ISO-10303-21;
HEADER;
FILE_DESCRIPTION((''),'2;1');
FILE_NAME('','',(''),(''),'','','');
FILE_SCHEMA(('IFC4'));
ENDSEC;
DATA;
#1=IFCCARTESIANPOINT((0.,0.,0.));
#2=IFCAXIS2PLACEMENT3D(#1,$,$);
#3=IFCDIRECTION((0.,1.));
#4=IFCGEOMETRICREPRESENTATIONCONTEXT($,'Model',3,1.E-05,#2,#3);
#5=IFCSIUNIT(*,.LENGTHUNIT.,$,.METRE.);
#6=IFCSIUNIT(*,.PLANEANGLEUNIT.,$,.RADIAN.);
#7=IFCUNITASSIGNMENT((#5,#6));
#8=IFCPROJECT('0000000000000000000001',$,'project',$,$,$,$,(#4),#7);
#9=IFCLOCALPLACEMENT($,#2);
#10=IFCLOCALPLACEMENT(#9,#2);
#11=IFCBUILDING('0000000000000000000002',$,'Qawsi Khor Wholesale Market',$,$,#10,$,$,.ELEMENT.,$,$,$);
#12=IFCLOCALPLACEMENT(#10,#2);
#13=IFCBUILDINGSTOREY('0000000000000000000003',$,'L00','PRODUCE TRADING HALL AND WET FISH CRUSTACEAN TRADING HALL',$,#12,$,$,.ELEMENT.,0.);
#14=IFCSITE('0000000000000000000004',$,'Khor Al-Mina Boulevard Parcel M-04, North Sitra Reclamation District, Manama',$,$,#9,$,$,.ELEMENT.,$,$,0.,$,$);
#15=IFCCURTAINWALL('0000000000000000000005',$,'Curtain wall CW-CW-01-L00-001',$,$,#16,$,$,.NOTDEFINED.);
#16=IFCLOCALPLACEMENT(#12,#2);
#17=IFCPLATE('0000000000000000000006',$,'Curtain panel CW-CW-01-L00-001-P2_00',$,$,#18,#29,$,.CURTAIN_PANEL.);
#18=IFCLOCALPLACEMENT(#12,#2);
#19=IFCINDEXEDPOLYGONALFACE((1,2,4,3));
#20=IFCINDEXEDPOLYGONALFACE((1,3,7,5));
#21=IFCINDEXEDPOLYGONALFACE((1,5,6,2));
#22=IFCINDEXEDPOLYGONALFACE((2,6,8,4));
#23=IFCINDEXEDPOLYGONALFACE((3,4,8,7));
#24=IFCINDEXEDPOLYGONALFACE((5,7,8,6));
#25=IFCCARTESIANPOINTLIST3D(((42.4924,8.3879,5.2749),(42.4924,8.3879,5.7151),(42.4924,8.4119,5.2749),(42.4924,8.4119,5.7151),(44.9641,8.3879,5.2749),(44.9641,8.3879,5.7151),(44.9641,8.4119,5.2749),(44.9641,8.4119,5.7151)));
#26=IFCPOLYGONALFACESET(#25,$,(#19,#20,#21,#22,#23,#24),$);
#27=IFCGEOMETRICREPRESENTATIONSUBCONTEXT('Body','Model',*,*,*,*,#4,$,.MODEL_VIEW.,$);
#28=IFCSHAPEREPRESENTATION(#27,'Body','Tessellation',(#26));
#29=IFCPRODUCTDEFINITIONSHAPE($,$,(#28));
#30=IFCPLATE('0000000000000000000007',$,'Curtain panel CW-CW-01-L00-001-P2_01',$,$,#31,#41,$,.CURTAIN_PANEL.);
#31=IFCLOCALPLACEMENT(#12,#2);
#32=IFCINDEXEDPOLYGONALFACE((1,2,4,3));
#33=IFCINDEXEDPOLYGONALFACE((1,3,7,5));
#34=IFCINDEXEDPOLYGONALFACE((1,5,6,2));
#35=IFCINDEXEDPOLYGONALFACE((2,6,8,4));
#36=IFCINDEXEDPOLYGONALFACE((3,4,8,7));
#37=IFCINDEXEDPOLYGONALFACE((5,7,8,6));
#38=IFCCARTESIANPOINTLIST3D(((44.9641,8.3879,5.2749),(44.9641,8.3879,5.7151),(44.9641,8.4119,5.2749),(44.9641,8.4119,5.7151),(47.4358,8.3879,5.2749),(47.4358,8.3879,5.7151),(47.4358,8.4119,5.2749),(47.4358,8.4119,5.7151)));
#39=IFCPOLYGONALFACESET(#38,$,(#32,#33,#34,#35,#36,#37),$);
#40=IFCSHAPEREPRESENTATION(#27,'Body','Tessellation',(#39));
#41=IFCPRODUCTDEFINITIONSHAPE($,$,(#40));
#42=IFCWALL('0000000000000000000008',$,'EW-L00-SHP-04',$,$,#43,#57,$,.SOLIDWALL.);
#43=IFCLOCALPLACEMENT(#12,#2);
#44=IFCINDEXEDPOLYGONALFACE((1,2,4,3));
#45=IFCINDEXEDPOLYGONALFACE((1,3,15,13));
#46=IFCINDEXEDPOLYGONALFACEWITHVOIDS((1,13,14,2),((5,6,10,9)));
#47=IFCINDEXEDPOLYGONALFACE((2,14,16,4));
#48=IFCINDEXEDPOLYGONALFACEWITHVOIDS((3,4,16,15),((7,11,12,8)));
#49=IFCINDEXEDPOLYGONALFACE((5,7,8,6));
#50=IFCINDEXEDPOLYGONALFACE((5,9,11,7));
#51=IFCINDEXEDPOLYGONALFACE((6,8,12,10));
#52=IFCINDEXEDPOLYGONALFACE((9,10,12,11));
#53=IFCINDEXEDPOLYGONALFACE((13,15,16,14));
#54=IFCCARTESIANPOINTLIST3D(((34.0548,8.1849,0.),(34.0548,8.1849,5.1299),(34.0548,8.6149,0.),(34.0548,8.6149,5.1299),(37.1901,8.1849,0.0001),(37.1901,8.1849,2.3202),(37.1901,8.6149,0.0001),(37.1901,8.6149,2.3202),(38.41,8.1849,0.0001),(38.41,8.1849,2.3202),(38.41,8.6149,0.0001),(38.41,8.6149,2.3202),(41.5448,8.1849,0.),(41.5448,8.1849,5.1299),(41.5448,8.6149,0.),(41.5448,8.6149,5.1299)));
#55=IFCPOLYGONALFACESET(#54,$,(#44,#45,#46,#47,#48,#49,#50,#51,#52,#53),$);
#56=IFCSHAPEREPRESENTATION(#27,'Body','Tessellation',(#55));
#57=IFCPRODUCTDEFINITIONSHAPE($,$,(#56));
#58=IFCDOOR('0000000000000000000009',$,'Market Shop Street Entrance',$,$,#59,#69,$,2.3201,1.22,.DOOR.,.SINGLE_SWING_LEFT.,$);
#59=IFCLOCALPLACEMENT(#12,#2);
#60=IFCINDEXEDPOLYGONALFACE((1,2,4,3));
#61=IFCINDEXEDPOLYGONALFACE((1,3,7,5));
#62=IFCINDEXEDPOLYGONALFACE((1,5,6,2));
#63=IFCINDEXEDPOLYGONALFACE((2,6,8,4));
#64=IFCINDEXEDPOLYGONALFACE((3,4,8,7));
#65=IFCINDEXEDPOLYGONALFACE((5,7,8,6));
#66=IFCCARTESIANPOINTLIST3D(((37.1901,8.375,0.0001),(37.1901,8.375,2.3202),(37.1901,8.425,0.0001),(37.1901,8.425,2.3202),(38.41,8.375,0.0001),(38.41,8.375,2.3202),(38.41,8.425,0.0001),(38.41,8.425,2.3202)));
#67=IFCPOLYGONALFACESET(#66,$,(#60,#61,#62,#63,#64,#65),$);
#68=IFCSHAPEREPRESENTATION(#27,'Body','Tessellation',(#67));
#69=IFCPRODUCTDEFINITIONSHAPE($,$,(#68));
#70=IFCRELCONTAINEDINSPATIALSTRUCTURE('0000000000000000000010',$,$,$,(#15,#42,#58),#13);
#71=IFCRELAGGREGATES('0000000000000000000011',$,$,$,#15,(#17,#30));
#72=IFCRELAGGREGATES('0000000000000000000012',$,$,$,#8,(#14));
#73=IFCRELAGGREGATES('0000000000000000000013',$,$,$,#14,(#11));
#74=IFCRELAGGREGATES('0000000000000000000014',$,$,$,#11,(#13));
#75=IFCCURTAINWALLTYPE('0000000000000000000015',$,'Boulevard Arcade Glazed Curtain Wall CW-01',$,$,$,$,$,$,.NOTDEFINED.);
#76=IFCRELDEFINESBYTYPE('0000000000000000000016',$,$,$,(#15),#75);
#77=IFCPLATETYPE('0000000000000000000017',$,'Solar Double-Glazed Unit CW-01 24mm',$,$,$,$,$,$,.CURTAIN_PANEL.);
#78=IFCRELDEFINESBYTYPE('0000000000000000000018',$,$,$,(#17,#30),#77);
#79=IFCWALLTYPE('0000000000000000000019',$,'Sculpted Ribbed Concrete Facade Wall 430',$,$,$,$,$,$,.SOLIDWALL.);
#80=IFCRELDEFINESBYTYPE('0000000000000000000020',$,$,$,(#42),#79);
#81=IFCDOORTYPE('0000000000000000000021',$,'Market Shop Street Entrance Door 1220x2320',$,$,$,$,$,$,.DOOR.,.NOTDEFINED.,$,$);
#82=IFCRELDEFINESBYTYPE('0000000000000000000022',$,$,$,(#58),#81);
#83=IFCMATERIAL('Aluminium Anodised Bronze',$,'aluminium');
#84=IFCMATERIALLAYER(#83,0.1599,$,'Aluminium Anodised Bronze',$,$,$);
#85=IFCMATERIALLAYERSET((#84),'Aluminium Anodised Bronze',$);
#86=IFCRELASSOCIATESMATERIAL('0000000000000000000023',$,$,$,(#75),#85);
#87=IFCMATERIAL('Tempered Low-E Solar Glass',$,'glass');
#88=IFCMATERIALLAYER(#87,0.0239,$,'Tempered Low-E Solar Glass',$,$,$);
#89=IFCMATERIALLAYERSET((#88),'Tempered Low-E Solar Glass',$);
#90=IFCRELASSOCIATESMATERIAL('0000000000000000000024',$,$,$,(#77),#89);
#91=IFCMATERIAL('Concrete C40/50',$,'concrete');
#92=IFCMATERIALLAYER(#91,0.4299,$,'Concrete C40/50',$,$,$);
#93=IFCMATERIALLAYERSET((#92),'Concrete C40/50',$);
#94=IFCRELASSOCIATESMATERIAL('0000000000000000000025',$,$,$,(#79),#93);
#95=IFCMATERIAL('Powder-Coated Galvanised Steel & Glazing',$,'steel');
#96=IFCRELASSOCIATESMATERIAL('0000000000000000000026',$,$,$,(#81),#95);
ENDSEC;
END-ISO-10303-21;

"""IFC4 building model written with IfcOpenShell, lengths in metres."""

from ifc_helpers import new_model, si_unit, direction, frame, frame_2d, origin, place, context, subcontext, project, spatial, rectangle, extrude, material, layer, layer_set, type_object, element, fill, aggregate, save


model = new_model("IFC4")

# Units and contexts
model_context = context("Model", 3, precision=1e-05, world=origin(), true_north=direction((0.0, 1.0)))
body_context = subcontext(model_context, "Body", "Model", "MODEL_VIEW")
ifc_project = project(units=[si_unit("LENGTHUNIT", "METRE"), si_unit("PLANEANGLEUNIT", "RADIAN")], contexts=[model_context])

# Site, building, storey
site_placement = place(None, origin())
site = spatial("IfcSite", under=ifc_project, at=site_placement, Name="Khor Al-Mina Boulevard Parcel M-04, North Sitra Reclamation District, Manama", CompositionType="ELEMENT", RefElevation=0.0)
building_placement = place(site_placement, origin())
building = spatial("IfcBuilding", under=site, at=building_placement, Name="Qawsi Khor Wholesale Market", CompositionType="ELEMENT")
storey_placement = place(building_placement, origin())
storey = spatial("IfcBuildingStorey", under=building, at=storey_placement, Name="L00", Description="PRODUCE TRADING HALL AND WET FISH CRUSTACEAN TRADING HALL", CompositionType="ELEMENT", Elevation=0.0)

# Shared definitions
ifc_material_1 = material(Name="Concrete C40/50", Category="concrete")

# Curtain wall, plates
ifc_material_2 = material(Name="Aluminium Anodised Bronze", Category="aluminium")
ifc_layer_1 = layer(ifc_material_2, 0.1599, Name="Aluminium Anodised Bronze")
ifc_layer_set_1 = layer_set([ifc_layer_1], Name="Aluminium Anodised Bronze")
curtain_wall_type = type_object("IfcCurtainWallType", Name="Boulevard Arcade Glazed Curtain Wall CW-01", PredefinedType="NOTDEFINED", material=ifc_layer_set_1)
curtain_wall_placement = place(storey_placement, origin())
curtain_wall = element("IfcCurtainWall", 1, at=curtain_wall_placement, inside=storey, type_object=curtain_wall_type, Name="Curtain wall CW-CW-01-L00-001", PredefinedType="NOTDEFINED")
ifc_material_3 = material(Name="Tempered Low-E Solar Glass", Category="glass")
ifc_layer_2 = layer(ifc_material_3, 0.0239, Name="Tempered Low-E Solar Glass")
ifc_layer_set_2 = layer_set([ifc_layer_2], Name="Tempered Low-E Solar Glass")
plate_type_1 = type_object("IfcPlateType", Name="Solar Double-Glazed Unit CW-01 24mm", PredefinedType="CURTAIN_PANEL", material=ifc_layer_set_2)
plate_1_placement = place(storey_placement, frame((42.4924, 8.3999, 5.2749), z_axis=(0.0, 0.0, 1.0), x_axis=(1.0, 0.0, 0.0)))
plate_1 = element("IfcPlate", 2, at=plate_1_placement, type_object=plate_type_1, Name="Curtain panel CW-CW-01-L00-001-P2_00", PredefinedType="CURTAIN_PANEL", context=body_context, shape_type="SweptSolid", body=[
    extrude(rectangle(XDim=2.4717, YDim=0.0239, at=frame_2d((1.2358, 0.0))), origin(), (0.0, 0.0, 1.0), 0.4402),
])
plate_2_placement = place(storey_placement, frame((44.9641, 8.3999, 5.2749), z_axis=(0.0, 0.0, 1.0), x_axis=(1.0, 0.0, 0.0)))
plate_2 = element("IfcPlate", 3, at=plate_2_placement, type_object=plate_type_1, Name="Curtain panel CW-CW-01-L00-001-P2_01", PredefinedType="CURTAIN_PANEL", context=body_context, shape_type="SweptSolid", body=[
    extrude(rectangle(XDim=2.4717, YDim=0.0239, at=frame_2d((1.2358, 0.0))), origin(), (0.0, 0.0, 1.0), 0.4402),
])
aggregate(curtain_wall, [plate_1, plate_2])

# Wall, opening, door
ifc_layer_3 = layer(ifc_material_1, 0.4299, Name="Concrete C40/50")
ifc_layer_set_3 = layer_set([ifc_layer_3], Name="Concrete C40/50")
wall_type = type_object("IfcWallType", Name="Sculpted Ribbed Concrete Facade Wall 430", PredefinedType="SOLIDWALL", material=ifc_layer_set_3)
wall_placement = place(storey_placement, frame((41.5449, 8.3999, 0.0), z_axis=(0.0, 0.0, 1.0), x_axis=(-1.0, 0.0, 0.0)))
wall = element("IfcWall", 4, at=wall_placement, inside=storey, type_object=wall_type, Name="EW-L00-SHP-04", PredefinedType="SOLIDWALL", context=body_context, shape_type="SweptSolid", body=[
    extrude(rectangle(XDim=7.49, YDim=0.4299, at=frame_2d((3.7451, 0.0))), origin(), (0.0, 0.0, 1.0), 5.1299),
])
opening_placement = place(wall_placement, frame((3.135, 0.0, 0.0)))
opening = element("IfcOpeningElement", 5, at=opening_placement, cuts=wall, PredefinedType="OPENING", context=body_context, shape_type="SweptSolid", body=[
    extrude(rectangle(XDim=1.22, YDim=2.3201, at=frame_2d((0.6099, 1.1602))), frame((0.0, 0.2249, 0.0), z_axis=(0.0, -1.0, 0.0), x_axis=(1.0, 0.0, 0.0)), (0.0, 0.0, 1.0), 0.45),
])
ifc_material_4 = material(Name="Powder-Coated Galvanised Steel & Glazing", Category="steel")
door_type = type_object("IfcDoorType", Name="Market Shop Street Entrance Door 1220x2320", OperationType="NOTDEFINED", PredefinedType="DOOR", material=ifc_material_4)
door_placement = place(opening_placement, origin())
door = element("IfcDoor", 6, at=door_placement, inside=storey, type_object=door_type, Name="Market Shop Street Entrance", OperationType="SINGLE_SWING_LEFT", OverallHeight=2.3201, OverallWidth=1.22, PredefinedType="DOOR", context=body_context, shape_type="SweptSolid", body=[
    extrude(rectangle(XDim=1.22, YDim=2.3201, at=frame_2d((0.6099, 1.1602))), frame((0.0, 0.0249, 0.0), z_axis=(0.0, -1.0, 0.0), x_axis=(1.0, 0.0, 0.0)), (0.0, 0.0, 1.0), 0.05),
])
fill(opening, door)

save(model, "model.ifc")
